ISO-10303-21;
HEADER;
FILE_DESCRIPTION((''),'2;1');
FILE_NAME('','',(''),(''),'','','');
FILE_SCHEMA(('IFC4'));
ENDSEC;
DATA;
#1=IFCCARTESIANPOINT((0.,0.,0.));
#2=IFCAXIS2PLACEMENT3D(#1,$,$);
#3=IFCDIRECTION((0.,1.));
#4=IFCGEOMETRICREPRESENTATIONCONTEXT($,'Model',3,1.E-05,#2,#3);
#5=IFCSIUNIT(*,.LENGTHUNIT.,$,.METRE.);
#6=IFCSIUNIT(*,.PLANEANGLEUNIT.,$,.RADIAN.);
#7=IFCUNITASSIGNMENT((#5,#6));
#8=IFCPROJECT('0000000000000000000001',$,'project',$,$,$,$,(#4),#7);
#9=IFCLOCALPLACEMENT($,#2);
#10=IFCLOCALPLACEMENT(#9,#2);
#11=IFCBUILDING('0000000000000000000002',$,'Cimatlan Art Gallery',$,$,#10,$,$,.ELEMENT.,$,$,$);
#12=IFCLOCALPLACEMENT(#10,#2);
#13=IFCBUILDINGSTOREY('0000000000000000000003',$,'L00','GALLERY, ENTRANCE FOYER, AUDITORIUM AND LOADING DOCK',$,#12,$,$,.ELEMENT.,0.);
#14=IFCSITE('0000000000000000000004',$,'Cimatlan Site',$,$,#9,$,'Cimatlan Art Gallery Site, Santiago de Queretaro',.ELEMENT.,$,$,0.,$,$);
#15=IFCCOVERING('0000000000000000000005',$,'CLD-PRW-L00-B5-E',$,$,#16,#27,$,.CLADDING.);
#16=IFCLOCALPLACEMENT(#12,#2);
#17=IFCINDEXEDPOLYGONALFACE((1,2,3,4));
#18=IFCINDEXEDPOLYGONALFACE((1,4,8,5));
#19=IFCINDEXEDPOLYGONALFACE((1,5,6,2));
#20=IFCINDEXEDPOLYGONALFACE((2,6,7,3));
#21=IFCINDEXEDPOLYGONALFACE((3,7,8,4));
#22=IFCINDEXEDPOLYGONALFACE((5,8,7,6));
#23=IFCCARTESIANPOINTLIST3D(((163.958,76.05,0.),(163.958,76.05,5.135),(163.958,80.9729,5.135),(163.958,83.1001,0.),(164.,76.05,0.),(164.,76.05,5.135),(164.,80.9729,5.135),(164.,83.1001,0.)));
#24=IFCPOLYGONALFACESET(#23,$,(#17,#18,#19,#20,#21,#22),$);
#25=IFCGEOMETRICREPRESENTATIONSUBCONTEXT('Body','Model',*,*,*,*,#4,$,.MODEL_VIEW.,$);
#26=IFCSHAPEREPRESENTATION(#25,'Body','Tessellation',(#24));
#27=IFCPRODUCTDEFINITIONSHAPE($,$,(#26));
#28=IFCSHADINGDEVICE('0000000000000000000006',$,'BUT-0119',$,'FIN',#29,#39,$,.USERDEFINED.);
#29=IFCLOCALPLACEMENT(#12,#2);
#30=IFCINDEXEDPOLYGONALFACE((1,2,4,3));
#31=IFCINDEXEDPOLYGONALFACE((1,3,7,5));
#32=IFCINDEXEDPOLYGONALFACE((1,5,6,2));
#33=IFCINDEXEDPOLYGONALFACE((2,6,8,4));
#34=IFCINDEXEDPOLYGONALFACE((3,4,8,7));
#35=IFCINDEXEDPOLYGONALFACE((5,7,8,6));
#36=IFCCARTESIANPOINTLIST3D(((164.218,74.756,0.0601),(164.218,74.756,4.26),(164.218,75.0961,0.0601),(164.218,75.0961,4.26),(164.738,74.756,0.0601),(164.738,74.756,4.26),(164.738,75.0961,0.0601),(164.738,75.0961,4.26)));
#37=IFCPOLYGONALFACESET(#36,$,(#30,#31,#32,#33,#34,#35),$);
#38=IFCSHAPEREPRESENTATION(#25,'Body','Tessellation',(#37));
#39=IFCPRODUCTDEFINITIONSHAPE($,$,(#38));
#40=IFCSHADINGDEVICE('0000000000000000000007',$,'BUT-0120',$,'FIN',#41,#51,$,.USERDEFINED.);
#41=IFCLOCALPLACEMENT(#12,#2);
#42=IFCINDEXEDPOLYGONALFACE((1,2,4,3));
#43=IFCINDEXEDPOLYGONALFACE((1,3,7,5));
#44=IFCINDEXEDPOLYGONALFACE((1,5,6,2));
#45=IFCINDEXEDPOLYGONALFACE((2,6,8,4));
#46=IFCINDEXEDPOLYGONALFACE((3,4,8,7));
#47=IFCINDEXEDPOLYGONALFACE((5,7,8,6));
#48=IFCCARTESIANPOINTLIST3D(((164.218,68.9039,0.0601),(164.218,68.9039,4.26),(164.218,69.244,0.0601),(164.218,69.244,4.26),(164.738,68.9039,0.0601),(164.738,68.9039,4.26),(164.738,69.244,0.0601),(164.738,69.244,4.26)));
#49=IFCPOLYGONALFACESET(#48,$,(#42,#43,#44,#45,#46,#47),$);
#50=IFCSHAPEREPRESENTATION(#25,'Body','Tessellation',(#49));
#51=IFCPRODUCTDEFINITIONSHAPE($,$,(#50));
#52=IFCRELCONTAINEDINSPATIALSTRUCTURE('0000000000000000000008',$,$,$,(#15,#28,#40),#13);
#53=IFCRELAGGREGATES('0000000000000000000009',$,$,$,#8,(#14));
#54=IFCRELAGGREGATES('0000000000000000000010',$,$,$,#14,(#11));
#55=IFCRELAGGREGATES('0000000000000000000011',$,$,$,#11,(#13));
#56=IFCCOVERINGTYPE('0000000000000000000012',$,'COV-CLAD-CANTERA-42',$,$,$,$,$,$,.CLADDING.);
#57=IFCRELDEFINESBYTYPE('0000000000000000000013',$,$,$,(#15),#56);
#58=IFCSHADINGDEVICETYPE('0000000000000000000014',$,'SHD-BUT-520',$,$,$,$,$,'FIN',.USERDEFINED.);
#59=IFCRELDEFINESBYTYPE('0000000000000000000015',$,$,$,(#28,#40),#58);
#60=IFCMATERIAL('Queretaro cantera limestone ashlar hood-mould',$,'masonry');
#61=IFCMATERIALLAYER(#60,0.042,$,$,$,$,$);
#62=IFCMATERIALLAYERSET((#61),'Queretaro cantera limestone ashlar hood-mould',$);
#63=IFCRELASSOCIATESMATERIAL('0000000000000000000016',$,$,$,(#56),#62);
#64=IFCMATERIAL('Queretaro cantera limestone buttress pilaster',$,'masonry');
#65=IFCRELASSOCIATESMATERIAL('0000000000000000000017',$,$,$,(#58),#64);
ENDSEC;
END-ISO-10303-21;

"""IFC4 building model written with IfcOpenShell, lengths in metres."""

from ifc_helpers import new_model, si_unit, direction, frame, origin, origin_2d, place, context, subcontext, project, spatial, polyline, rectangle, outline, extrude, material, layer, layer_set, type_object, element, save


model = new_model("IFC4")

# Units and contexts
model_context = context("Model", 3, precision=1e-05, world=origin(), true_north=direction((0.0, 1.0)))
body_context = subcontext(model_context, "Body", "Model", "MODEL_VIEW")
ifc_project = project(units=[si_unit("LENGTHUNIT", "METRE"), si_unit("PLANEANGLEUNIT", "RADIAN")], contexts=[model_context])

# Site, building, storey
site_placement = place(None, origin())
site = spatial("IfcSite", under=ifc_project, at=site_placement, Name="Cimatlan Site", LongName="Cimatlan Art Gallery Site, Santiago de Queretaro", CompositionType="ELEMENT", RefElevation=0.0)
building_placement = place(site_placement, origin())
building = spatial("IfcBuilding", under=site, at=building_placement, Name="Cimatlan Art Gallery", CompositionType="ELEMENT")
storey_placement = place(building_placement, origin())
storey = spatial("IfcBuildingStorey", under=building, at=storey_placement, Name="L00", Description="GALLERY, ENTRANCE FOYER, AUDITORIUM AND LOADING DOCK", CompositionType="ELEMENT", Elevation=0.0)

# Covering
ifc_material_1 = material(Name="Queretaro cantera limestone ashlar hood-mould", Category="masonry")
ifc_layer_1 = layer(ifc_material_1, 0.042)
ifc_layer_set_1 = layer_set([ifc_layer_1], Name="Queretaro cantera limestone ashlar hood-mould")
covering_type = type_object("IfcCoveringType", Name="COV-CLAD-CANTERA-42", PredefinedType="CLADDING", material=ifc_layer_set_1)
covering_placement = place(storey_placement, frame((164.0, 76.05, 0.0), z_axis=(1.0, 0.0, 0.0), x_axis=(0.0, 1.0, 0.0)))
element("IfcCovering", 1, at=covering_placement, inside=storey, type_object=covering_type, Name="CLD-PRW-L00-B5-E", PredefinedType="CLADDING", context=body_context, shape_type="SweptSolid", body=[
    extrude(outline(polyline([(0.0, 0.0), (7.05, 0.0), (4.9229, 5.135), (0.0, 5.135), (0.0, 0.0)])), origin(), (0.0, 0.0, -1.0), 0.042),
])

# Shading devices
ifc_material_2 = material(Name="Queretaro cantera limestone buttress pilaster", Category="masonry")
shading_device_type = type_object("IfcShadingDeviceType", Name="SHD-BUT-520", ElementType="FIN", PredefinedType="USERDEFINED", material=ifc_material_2)
for number, where, z_axis, x_axis, name in (
    (2, (164.478, 74.926, 0.0601), (0.0, 0.0, 1.0), (0.0, -1.0, 0.0), "BUT-0119"),
    (3, (164.478, 69.074, 0.0601), (0.0, 0.0, 1.0), (0.0, -1.0, 0.0), "BUT-0120"),
):
    element("IfcShadingDevice", number, at=place(storey_placement, frame(where, z_axis=z_axis, x_axis=x_axis)), inside=storey, type_object=shading_device_type, Name=name, ObjectType="FIN", PredefinedType="USERDEFINED", context=body_context, shape_type="SweptSolid", body=[
        extrude(rectangle(XDim=0.3401, YDim=0.52, at=origin_2d()), origin(), (0.0, 0.0, 1.0), 4.2),
    ])

save(model, "model.ifc")
